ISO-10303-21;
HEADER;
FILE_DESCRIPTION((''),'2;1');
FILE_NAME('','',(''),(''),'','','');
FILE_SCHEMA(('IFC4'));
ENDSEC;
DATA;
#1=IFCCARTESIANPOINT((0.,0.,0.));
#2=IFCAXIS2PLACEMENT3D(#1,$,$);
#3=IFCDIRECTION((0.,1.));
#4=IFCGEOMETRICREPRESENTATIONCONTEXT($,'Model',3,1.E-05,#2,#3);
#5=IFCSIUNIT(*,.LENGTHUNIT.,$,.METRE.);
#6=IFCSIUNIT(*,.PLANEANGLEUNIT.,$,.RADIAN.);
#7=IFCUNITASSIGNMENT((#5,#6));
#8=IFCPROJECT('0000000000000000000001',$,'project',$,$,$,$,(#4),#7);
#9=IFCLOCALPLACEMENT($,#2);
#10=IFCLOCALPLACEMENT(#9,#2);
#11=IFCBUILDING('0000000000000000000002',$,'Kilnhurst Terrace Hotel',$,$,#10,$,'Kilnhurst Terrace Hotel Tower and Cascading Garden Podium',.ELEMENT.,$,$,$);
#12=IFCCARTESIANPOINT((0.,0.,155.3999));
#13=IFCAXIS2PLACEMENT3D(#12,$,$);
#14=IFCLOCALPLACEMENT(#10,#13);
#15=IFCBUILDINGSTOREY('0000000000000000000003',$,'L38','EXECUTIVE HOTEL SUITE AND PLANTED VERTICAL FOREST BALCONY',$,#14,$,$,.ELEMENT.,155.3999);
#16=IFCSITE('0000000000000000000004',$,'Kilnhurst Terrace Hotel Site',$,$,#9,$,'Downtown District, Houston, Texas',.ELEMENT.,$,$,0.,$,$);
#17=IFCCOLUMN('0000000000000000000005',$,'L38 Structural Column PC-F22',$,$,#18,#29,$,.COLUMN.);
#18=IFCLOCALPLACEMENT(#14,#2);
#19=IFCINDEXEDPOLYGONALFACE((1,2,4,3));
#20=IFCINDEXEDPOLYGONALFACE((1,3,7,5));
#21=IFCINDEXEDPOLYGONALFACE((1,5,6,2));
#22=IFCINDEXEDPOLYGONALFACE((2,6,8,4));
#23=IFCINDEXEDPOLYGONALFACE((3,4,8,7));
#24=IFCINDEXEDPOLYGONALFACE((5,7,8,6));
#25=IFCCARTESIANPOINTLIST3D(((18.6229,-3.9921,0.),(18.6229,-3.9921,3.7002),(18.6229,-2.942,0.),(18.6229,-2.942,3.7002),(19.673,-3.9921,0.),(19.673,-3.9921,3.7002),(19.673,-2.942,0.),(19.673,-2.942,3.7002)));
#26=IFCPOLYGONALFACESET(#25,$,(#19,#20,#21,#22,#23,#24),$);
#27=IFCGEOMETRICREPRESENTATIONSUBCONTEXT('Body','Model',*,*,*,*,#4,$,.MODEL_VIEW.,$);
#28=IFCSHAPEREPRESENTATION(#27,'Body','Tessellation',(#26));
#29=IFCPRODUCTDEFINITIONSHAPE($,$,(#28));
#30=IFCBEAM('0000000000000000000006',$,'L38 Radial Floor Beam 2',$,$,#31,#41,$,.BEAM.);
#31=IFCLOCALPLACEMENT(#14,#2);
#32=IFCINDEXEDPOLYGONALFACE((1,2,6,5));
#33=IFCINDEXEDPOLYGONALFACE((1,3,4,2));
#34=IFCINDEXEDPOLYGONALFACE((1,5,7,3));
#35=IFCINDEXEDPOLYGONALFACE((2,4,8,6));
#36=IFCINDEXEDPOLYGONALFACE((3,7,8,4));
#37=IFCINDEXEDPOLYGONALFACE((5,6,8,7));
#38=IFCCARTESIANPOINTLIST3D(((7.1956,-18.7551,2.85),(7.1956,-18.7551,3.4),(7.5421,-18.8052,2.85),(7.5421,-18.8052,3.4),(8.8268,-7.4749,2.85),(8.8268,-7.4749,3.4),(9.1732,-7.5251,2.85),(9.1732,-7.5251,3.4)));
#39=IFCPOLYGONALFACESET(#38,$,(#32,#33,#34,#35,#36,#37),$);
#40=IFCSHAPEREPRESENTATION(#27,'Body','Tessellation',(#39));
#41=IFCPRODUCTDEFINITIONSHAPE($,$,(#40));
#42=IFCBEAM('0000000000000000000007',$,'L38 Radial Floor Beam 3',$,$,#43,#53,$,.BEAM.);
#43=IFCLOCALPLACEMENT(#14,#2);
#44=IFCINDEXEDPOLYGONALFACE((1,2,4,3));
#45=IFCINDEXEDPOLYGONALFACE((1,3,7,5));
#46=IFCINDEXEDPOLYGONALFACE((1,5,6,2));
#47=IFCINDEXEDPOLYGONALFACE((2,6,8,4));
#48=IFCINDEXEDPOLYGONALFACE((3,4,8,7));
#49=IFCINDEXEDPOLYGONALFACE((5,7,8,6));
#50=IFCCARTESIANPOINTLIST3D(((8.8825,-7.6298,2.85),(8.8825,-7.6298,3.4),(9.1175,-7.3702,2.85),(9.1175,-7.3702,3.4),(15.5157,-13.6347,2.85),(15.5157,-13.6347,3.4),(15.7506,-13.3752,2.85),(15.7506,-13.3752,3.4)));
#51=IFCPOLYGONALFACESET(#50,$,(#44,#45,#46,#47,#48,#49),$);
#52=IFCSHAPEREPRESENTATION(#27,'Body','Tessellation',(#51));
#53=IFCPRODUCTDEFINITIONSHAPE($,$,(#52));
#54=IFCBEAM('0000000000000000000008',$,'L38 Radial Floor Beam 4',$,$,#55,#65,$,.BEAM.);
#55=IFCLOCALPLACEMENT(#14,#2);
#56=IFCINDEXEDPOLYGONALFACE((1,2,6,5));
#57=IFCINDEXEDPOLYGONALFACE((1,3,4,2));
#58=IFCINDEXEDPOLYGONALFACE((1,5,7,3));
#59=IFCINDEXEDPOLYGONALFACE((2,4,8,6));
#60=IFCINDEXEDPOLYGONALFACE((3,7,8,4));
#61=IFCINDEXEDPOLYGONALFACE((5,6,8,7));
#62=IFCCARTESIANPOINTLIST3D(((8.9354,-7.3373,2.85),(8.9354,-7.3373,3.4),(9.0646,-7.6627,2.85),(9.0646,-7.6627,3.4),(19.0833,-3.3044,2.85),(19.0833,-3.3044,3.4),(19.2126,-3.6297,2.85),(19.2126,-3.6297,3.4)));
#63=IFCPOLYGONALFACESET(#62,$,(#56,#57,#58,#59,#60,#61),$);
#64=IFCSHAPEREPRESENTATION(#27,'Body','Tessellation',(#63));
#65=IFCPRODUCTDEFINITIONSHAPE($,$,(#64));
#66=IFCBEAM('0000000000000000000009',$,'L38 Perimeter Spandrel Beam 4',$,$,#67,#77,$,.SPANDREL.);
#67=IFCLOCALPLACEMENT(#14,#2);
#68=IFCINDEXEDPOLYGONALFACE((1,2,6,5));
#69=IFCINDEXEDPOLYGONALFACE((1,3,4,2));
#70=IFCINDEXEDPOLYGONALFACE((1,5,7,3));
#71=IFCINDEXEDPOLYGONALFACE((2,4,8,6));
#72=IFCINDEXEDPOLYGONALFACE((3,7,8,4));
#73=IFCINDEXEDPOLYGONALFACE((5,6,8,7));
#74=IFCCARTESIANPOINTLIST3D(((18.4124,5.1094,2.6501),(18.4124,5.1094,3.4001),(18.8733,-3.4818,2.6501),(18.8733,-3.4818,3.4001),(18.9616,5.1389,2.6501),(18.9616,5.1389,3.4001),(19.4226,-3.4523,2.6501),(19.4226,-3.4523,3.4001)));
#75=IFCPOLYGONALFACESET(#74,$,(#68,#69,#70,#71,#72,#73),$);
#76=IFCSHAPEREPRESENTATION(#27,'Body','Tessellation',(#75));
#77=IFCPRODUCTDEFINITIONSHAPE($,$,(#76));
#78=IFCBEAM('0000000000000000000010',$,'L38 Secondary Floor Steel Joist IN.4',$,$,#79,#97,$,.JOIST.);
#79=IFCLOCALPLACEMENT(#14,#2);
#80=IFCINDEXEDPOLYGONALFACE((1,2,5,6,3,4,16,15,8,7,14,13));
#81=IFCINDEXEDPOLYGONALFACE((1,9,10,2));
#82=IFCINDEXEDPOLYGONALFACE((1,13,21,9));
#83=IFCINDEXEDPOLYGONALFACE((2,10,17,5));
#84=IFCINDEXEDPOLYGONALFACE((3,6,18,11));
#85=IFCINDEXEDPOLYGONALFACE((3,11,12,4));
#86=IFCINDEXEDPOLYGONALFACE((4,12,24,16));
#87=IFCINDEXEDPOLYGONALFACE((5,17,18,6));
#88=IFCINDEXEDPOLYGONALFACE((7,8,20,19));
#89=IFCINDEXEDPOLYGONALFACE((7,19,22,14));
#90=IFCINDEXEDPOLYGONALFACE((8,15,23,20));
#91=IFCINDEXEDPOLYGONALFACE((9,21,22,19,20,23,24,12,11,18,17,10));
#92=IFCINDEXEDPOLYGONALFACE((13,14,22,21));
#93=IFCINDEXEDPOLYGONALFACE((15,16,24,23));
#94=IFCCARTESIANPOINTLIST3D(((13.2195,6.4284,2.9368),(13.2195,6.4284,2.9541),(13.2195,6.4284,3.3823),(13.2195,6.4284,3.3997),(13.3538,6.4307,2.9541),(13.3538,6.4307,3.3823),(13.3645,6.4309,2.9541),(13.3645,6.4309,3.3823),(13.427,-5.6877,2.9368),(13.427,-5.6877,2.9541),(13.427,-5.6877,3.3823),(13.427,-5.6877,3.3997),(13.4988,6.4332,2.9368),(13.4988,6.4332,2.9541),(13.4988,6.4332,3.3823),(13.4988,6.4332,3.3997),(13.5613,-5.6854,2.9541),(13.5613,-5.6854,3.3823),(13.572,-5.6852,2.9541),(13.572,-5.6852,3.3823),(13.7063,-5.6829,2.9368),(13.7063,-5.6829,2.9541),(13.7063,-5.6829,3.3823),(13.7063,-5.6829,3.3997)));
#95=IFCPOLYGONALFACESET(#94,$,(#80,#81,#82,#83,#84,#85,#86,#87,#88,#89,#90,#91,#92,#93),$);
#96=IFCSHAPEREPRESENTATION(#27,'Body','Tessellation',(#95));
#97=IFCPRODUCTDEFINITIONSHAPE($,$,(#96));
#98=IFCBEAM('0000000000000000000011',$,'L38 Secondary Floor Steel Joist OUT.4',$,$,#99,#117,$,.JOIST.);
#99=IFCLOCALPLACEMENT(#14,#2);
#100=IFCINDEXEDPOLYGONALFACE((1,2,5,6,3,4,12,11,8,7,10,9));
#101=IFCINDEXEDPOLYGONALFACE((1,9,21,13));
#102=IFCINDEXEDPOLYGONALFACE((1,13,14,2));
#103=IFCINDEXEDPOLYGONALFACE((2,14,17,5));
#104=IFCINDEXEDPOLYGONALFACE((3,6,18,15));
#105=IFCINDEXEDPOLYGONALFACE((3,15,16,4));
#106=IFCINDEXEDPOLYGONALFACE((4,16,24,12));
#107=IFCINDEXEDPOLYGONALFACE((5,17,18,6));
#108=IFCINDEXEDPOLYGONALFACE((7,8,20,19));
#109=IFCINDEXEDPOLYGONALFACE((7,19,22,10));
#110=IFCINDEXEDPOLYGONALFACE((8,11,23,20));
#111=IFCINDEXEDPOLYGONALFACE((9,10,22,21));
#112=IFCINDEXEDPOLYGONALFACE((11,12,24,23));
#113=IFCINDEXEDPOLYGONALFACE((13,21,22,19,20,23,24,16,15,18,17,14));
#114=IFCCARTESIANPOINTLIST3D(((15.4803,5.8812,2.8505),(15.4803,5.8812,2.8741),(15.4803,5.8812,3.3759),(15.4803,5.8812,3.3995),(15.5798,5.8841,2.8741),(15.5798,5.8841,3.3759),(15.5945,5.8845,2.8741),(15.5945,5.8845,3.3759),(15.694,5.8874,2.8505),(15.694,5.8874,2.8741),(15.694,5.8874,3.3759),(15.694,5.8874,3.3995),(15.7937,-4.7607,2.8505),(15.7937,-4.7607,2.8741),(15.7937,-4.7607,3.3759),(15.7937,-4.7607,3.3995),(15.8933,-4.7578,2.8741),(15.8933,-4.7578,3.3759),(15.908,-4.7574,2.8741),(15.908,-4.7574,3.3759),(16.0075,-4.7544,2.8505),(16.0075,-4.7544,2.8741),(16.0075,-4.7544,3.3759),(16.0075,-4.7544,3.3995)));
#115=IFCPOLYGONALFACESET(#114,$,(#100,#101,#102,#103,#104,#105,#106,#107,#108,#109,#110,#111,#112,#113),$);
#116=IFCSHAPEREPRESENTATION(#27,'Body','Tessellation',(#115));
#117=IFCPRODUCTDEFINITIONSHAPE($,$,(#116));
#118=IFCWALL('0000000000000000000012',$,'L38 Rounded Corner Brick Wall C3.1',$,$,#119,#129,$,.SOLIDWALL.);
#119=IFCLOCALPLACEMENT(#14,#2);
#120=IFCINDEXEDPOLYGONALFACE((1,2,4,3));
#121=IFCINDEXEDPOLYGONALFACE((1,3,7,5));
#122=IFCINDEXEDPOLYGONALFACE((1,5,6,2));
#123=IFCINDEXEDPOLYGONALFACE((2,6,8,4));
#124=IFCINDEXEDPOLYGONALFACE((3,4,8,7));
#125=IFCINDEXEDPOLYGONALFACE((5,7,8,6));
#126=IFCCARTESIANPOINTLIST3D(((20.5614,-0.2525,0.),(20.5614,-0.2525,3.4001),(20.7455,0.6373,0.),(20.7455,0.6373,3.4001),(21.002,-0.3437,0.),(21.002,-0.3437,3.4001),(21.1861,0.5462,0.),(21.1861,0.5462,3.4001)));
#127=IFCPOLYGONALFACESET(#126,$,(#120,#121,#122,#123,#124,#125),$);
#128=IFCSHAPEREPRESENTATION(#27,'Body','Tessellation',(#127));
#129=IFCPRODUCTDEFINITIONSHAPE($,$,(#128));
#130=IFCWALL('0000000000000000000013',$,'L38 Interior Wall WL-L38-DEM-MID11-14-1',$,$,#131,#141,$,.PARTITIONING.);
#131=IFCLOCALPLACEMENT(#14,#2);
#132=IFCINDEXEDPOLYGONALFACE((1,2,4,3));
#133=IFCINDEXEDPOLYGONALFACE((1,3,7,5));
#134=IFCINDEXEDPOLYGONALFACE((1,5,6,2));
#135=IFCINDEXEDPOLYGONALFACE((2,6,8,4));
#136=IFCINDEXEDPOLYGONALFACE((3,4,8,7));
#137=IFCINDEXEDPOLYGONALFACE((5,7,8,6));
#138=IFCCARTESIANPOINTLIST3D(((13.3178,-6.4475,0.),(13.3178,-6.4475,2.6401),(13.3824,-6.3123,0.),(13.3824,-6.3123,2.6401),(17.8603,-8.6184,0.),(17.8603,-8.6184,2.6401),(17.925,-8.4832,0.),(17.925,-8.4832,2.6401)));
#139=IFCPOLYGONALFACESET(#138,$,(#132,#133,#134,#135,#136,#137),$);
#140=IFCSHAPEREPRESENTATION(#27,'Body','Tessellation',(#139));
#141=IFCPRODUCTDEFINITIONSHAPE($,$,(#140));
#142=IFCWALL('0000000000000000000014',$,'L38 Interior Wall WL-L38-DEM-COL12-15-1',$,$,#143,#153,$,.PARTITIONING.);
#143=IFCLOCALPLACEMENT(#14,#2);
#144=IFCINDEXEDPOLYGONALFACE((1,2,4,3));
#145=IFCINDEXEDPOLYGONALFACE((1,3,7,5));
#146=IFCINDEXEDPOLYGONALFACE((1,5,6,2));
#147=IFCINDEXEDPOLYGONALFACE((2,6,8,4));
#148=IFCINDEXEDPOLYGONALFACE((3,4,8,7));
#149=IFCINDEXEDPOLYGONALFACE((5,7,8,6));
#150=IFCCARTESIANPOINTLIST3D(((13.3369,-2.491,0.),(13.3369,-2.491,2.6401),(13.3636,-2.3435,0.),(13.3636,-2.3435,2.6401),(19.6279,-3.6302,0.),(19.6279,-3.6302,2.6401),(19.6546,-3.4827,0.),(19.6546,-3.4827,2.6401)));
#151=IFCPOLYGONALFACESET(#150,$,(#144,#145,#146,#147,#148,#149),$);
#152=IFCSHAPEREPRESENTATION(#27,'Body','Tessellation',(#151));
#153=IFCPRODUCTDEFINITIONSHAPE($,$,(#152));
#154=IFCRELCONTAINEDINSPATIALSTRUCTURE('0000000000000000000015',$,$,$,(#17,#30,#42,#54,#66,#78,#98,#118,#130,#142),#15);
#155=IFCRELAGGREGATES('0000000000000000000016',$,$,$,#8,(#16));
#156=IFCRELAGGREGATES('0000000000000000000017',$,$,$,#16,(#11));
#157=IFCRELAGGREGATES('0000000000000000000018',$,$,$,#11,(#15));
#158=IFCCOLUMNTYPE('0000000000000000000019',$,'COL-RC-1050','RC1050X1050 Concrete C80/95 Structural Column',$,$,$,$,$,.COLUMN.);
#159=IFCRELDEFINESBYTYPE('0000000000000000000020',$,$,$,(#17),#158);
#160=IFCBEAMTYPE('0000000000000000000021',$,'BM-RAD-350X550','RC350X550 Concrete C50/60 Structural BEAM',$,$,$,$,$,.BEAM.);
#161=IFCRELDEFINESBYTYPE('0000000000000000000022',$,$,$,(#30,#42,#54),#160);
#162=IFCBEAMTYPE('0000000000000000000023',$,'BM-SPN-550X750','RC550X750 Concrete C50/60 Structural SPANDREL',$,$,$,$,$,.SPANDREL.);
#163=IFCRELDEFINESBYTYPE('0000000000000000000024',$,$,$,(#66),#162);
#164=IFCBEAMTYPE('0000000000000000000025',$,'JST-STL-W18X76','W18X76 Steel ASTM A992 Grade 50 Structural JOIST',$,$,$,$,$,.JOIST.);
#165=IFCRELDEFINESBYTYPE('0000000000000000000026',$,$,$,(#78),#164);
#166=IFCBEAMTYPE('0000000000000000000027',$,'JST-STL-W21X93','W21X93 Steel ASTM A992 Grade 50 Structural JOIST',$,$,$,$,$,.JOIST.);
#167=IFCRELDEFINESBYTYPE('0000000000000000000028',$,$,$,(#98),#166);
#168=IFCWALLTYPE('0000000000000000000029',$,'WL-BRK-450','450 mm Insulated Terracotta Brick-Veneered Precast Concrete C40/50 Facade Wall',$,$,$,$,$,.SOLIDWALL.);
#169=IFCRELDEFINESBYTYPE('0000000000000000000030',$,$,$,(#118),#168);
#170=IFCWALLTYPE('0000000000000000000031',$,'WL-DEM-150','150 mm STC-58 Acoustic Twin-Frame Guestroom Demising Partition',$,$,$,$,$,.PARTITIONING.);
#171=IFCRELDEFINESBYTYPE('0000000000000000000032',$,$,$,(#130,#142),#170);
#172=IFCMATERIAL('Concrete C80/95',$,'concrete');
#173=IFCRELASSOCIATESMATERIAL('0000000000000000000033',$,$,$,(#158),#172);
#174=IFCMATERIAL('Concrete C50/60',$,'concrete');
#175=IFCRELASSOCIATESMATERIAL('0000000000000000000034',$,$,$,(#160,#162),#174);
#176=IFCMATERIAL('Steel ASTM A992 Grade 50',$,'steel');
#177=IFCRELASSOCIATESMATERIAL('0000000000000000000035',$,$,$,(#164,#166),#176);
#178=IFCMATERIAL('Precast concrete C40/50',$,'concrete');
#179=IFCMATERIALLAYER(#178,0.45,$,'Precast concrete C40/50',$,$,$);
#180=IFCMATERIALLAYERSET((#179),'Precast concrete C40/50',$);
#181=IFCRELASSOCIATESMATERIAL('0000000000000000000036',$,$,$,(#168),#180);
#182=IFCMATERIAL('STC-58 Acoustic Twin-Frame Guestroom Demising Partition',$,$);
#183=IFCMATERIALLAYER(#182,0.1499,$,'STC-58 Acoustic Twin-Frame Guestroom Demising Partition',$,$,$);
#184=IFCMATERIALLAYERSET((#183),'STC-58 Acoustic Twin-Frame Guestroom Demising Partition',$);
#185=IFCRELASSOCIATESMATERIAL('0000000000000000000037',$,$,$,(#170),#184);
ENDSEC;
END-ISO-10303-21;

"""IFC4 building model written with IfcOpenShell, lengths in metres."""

from ifc_helpers import new_model, si_unit, direction, frame, frame_2d, origin, origin_2d, place, context, subcontext, project, spatial, rectangle, i_section, extrude, material, layer, layer_set, material_profile, profile_set, type_object, element, save


model = new_model("IFC4")

# Units and contexts
model_context = context("Model", 3, precision=1e-05, world=origin(), true_north=direction((0.0, 1.0)))
body_context = subcontext(model_context, "Body", "Model", "MODEL_VIEW")
ifc_project = project(units=[si_unit("LENGTHUNIT", "METRE"), si_unit("PLANEANGLEUNIT", "RADIAN")], contexts=[model_context])

# Site, building, storey
site_placement = place(None, origin())
site = spatial("IfcSite", under=ifc_project, at=site_placement, Name="Kilnhurst Terrace Hotel Site", LongName="Downtown District, Houston, Texas", CompositionType="ELEMENT", RefElevation=0.0)
building_placement = place(site_placement, origin())
building = spatial("IfcBuilding", under=site, at=building_placement, Name="Kilnhurst Terrace Hotel", LongName="Kilnhurst Terrace Hotel Tower and Cascading Garden Podium", CompositionType="ELEMENT")
storey_placement = place(building_placement, frame((0.0, 0.0, 155.3999)))
storey = spatial("IfcBuildingStorey", under=building, at=storey_placement, Name="L38", Description="EXECUTIVE HOTEL SUITE AND PLANTED VERTICAL FOREST BALCONY", CompositionType="ELEMENT", Elevation=155.3999)

# Column
ifc_material_1 = material(Name="Concrete C80/95", Category="concrete")
ifc_material_profile_1 = material_profile(ifc_material_1, rectangle(XDim=1.05, YDim=1.05, at=origin_2d()), Name="RC1050X1050")
ifc_profile_set_1 = profile_set([ifc_material_profile_1], Name="Concrete C80/95")
column_type = type_object("IfcColumnType", Name="COL-RC-1050", Description="RC1050X1050 Concrete C80/95 Structural Column", PredefinedType="COLUMN", material=ifc_profile_set_1)
column_placement = place(storey_placement, frame((19.1479, -3.467, 0.0), z_axis=(0.0, 0.0, 1.0), x_axis=(1.0, 0.0, 0.0)))
element("IfcColumn", 1, at=column_placement, inside=storey, type_object=column_type, Name="L38 Structural Column PC-F22", PredefinedType="COLUMN", context=body_context, shape_type="SweptSolid", body=[
    extrude(rectangle(XDim=1.05, YDim=1.05, at=origin_2d()), origin(), (0.0, 0.0, 1.0), 3.7002),
])

# Beams
ifc_material_2 = material(Name="Concrete C50/60", Category="concrete")
ifc_material_profile_2 = material_profile(ifc_material_2, rectangle(XDim=0.3501, YDim=0.55, at=origin_2d()), Name="RC350X550")
ifc_profile_set_2 = profile_set([ifc_material_profile_2], Name="Concrete C50/60")
beam_type_1 = type_object("IfcBeamType", Name="BM-RAD-350X550", Description="RC350X550 Concrete C50/60 Structural BEAM", PredefinedType="BEAM", material=ifc_profile_set_2)
beam_1_placement = place(storey_placement, frame((9.0, -7.5, 3.125), z_axis=(-0.143113, -0.989706, 0.0), x_axis=(0.989706, -0.143113, 0.0)))
element("IfcBeam", 2, at=beam_1_placement, inside=storey, type_object=beam_type_1, Name="L38 Radial Floor Beam 2", PredefinedType="BEAM", context=body_context, shape_type="SweptSolid", body=[
    extrude(rectangle(XDim=0.3501, YDim=0.55, at=origin_2d()), origin(), (0.0, 0.0, 1.0), 11.3975),
])
beam_2_placement = place(storey_placement, frame((9.0, -7.5, 3.125), z_axis=(0.741339, -0.671131, 0.0), x_axis=(0.671131, 0.741339, 0.0)))
element("IfcBeam", 3, at=beam_2_placement, inside=storey, type_object=beam_type_1, Name="L38 Radial Floor Beam 3", PredefinedType="BEAM", context=body_context, shape_type="SweptSolid", body=[
    extrude(rectangle(XDim=0.3501, YDim=0.55, at=origin_2d()), origin(), (0.0, 0.0, 1.0), 8.9475),
])
beam_3_placement = place(storey_placement, frame((9.0, -7.5, 3.125), z_axis=(0.929302, 0.36932, 0.0), x_axis=(-0.36932, 0.929302, 0.0)))
element("IfcBeam", 4, at=beam_3_placement, inside=storey, type_object=beam_type_1, Name="L38 Radial Floor Beam 4", PredefinedType="BEAM", context=body_context, shape_type="SweptSolid", body=[
    extrude(rectangle(XDim=0.3501, YDim=0.55, at=origin_2d()), origin(), (0.0, 0.0, 1.0), 10.9199),
])
ifc_material_profile_3 = material_profile(ifc_material_2, rectangle(XDim=0.55, YDim=0.75, at=origin_2d()), Name="RC550X750")
ifc_profile_set_3 = profile_set([ifc_material_profile_3], Name="Concrete C50/60")
beam_type_2 = type_object("IfcBeamType", Name="BM-SPN-550X750", Description="RC550X750 Concrete C50/60 Structural SPANDREL", PredefinedType="SPANDREL", material=ifc_profile_set_3)
beam_4_placement = place(storey_placement, frame((19.1479, -3.467, 3.0251), z_axis=(-0.053576, 0.998564, 0.0), x_axis=(-0.998564, -0.053576, 0.0)))
element("IfcBeam", 5, at=beam_4_placement, inside=storey, type_object=beam_type_2, Name="L38 Perimeter Spandrel Beam 4", PredefinedType="SPANDREL", context=body_context, shape_type="SweptSolid", body=[
    extrude(rectangle(XDim=0.55, YDim=0.75, at=origin_2d()), origin(), (0.0, 0.0, 1.0), 8.6035),
])
ifc_material_3 = material(Name="Steel ASTM A992 Grade 50", Category="steel")
ifc_material_profile_4 = material_profile(ifc_material_3, i_section(OverallWidth=0.2793, OverallDepth=0.4629, WebThickness=0.0107, FlangeThickness=0.0173, at=origin_2d()), Name="W18X76")
ifc_profile_set_4 = profile_set([ifc_material_profile_4], Name="Steel ASTM A992 Grade 50")
beam_type_3 = type_object("IfcBeamType", Name="JST-STL-W18X76", Description="W18X76 Steel ASTM A992 Grade 50 Structural JOIST", PredefinedType="JOIST", material=ifc_profile_set_4)
beam_5_placement = place(storey_placement, frame((13.5667, -5.6853, 3.1682), z_axis=(-0.017125, 0.999853, 0.0), x_axis=(-0.999853, -0.017125, 0.0)))
element("IfcBeam", 6, at=beam_5_placement, inside=storey, type_object=beam_type_3, Name="L38 Secondary Floor Steel Joist IN.4", PredefinedType="JOIST", context=body_context, shape_type="SweptSolid", body=[
    extrude(i_section(OverallWidth=0.2793, OverallDepth=0.4629, WebThickness=0.0107, FlangeThickness=0.0173, at=origin_2d()), origin(), (0.0, 0.0, 1.0), 12.1179),
])
ifc_material_profile_5 = material_profile(ifc_material_3, i_section(OverallWidth=0.2139, OverallDepth=0.5491, WebThickness=0.0146, FlangeThickness=0.0237, at=origin_2d()), Name="W21X93")
ifc_profile_set_5 = profile_set([ifc_material_profile_5], Name="Steel ASTM A992 Grade 50")
beam_type_4 = type_object("IfcBeamType", Name="JST-STL-W21X93", Description="W21X93 Steel ASTM A992 Grade 50 Structural JOIST", PredefinedType="JOIST", material=ifc_profile_set_5)
beam_6_placement = place(storey_placement, frame((15.9006, -4.7576, 3.125), z_axis=(-0.029444, 0.999566, 0.0), x_axis=(-0.999566, -0.029444, 0.0)))
element("IfcBeam", 7, at=beam_6_placement, inside=storey, type_object=beam_type_4, Name="L38 Secondary Floor Steel Joist OUT.4", PredefinedType="JOIST", context=body_context, shape_type="SweptSolid", body=[
    extrude(i_section(OverallWidth=0.2139, OverallDepth=0.5491, WebThickness=0.0146, FlangeThickness=0.0237, at=origin_2d()), origin(), (0.0, 0.0, 1.0), 10.6465),
])

# Wall
ifc_material_4 = material(Name="Precast concrete C40/50", Category="concrete")
ifc_layer_1 = layer(ifc_material_4, 0.45, Name="Precast concrete C40/50")
ifc_layer_set_1 = layer_set([ifc_layer_1], Name="Precast concrete C40/50")
wall_type_1 = type_object("IfcWallType", Name="WL-BRK-450", Description="450 mm Insulated Terracotta Brick-Veneered Precast Concrete C40/50 Facade Wall", PredefinedType="SOLIDWALL", material=ifc_layer_set_1)
wall_1_placement = place(storey_placement, frame((20.7817, -0.2981, 0.0), z_axis=(0.0, 0.0, 1.0), x_axis=(0.20257, 0.979268, 0.0)))
element("IfcWall", 8, at=wall_1_placement, inside=storey, type_object=wall_type_1, Name="L38 Rounded Corner Brick Wall C3.1", PredefinedType="SOLIDWALL", context=body_context, shape_type="SweptSolid", body=[
    extrude(rectangle(XDim=0.9087, YDim=0.45, at=frame_2d((0.4543, 0.0))), origin(), (0.0, 0.0, 1.0), 3.4001),
])

# Walls
ifc_material_5 = material(Name="STC-58 Acoustic Twin-Frame Guestroom Demising Partition")
ifc_layer_2 = layer(ifc_material_5, 0.1499, Name="STC-58 Acoustic Twin-Frame Guestroom Demising Partition")
ifc_layer_set_2 = layer_set([ifc_layer_2], Name="STC-58 Acoustic Twin-Frame Guestroom Demising Partition")
wall_type_2 = type_object("IfcWallType", Name="WL-DEM-150", Description="150 mm STC-58 Acoustic Twin-Frame Guestroom Demising Partition", PredefinedType="PARTITIONING", material=ifc_layer_set_2)
wall_2_placement = place(storey_placement, frame((13.3501, -6.3799, 0.0), z_axis=(0.0, 0.0, 1.0), x_axis=(0.902257, -0.431198, 0.0)))
element("IfcWall", 9, at=wall_2_placement, inside=storey, type_object=wall_type_2, Name="L38 Interior Wall WL-L38-DEM-MID11-14-1", PredefinedType="PARTITIONING", context=body_context, shape_type="SweptSolid", body=[
    extrude(rectangle(XDim=5.0347, YDim=0.1499, at=frame_2d((2.5173, 0.0))), origin(), (0.0, 0.0, 1.0), 2.6401),
])
wall_3_placement = place(storey_placement, frame((13.3501, -2.4172, 0.0), z_axis=(0.0, 0.0, 1.0), x_axis=(0.983998, -0.17818, 0.0)))
element("IfcWall", 10, at=wall_3_placement, inside=storey, type_object=wall_type_2, Name="L38 Interior Wall WL-L38-DEM-COL12-15-1", PredefinedType="PARTITIONING", context=body_context, shape_type="SweptSolid", body=[
    extrude(rectangle(XDim=6.3933, YDim=0.1499, at=frame_2d((3.1968, 0.0))), origin(), (0.0, 0.0, 1.0), 2.6401),
])

save(model, "model.ifc")
